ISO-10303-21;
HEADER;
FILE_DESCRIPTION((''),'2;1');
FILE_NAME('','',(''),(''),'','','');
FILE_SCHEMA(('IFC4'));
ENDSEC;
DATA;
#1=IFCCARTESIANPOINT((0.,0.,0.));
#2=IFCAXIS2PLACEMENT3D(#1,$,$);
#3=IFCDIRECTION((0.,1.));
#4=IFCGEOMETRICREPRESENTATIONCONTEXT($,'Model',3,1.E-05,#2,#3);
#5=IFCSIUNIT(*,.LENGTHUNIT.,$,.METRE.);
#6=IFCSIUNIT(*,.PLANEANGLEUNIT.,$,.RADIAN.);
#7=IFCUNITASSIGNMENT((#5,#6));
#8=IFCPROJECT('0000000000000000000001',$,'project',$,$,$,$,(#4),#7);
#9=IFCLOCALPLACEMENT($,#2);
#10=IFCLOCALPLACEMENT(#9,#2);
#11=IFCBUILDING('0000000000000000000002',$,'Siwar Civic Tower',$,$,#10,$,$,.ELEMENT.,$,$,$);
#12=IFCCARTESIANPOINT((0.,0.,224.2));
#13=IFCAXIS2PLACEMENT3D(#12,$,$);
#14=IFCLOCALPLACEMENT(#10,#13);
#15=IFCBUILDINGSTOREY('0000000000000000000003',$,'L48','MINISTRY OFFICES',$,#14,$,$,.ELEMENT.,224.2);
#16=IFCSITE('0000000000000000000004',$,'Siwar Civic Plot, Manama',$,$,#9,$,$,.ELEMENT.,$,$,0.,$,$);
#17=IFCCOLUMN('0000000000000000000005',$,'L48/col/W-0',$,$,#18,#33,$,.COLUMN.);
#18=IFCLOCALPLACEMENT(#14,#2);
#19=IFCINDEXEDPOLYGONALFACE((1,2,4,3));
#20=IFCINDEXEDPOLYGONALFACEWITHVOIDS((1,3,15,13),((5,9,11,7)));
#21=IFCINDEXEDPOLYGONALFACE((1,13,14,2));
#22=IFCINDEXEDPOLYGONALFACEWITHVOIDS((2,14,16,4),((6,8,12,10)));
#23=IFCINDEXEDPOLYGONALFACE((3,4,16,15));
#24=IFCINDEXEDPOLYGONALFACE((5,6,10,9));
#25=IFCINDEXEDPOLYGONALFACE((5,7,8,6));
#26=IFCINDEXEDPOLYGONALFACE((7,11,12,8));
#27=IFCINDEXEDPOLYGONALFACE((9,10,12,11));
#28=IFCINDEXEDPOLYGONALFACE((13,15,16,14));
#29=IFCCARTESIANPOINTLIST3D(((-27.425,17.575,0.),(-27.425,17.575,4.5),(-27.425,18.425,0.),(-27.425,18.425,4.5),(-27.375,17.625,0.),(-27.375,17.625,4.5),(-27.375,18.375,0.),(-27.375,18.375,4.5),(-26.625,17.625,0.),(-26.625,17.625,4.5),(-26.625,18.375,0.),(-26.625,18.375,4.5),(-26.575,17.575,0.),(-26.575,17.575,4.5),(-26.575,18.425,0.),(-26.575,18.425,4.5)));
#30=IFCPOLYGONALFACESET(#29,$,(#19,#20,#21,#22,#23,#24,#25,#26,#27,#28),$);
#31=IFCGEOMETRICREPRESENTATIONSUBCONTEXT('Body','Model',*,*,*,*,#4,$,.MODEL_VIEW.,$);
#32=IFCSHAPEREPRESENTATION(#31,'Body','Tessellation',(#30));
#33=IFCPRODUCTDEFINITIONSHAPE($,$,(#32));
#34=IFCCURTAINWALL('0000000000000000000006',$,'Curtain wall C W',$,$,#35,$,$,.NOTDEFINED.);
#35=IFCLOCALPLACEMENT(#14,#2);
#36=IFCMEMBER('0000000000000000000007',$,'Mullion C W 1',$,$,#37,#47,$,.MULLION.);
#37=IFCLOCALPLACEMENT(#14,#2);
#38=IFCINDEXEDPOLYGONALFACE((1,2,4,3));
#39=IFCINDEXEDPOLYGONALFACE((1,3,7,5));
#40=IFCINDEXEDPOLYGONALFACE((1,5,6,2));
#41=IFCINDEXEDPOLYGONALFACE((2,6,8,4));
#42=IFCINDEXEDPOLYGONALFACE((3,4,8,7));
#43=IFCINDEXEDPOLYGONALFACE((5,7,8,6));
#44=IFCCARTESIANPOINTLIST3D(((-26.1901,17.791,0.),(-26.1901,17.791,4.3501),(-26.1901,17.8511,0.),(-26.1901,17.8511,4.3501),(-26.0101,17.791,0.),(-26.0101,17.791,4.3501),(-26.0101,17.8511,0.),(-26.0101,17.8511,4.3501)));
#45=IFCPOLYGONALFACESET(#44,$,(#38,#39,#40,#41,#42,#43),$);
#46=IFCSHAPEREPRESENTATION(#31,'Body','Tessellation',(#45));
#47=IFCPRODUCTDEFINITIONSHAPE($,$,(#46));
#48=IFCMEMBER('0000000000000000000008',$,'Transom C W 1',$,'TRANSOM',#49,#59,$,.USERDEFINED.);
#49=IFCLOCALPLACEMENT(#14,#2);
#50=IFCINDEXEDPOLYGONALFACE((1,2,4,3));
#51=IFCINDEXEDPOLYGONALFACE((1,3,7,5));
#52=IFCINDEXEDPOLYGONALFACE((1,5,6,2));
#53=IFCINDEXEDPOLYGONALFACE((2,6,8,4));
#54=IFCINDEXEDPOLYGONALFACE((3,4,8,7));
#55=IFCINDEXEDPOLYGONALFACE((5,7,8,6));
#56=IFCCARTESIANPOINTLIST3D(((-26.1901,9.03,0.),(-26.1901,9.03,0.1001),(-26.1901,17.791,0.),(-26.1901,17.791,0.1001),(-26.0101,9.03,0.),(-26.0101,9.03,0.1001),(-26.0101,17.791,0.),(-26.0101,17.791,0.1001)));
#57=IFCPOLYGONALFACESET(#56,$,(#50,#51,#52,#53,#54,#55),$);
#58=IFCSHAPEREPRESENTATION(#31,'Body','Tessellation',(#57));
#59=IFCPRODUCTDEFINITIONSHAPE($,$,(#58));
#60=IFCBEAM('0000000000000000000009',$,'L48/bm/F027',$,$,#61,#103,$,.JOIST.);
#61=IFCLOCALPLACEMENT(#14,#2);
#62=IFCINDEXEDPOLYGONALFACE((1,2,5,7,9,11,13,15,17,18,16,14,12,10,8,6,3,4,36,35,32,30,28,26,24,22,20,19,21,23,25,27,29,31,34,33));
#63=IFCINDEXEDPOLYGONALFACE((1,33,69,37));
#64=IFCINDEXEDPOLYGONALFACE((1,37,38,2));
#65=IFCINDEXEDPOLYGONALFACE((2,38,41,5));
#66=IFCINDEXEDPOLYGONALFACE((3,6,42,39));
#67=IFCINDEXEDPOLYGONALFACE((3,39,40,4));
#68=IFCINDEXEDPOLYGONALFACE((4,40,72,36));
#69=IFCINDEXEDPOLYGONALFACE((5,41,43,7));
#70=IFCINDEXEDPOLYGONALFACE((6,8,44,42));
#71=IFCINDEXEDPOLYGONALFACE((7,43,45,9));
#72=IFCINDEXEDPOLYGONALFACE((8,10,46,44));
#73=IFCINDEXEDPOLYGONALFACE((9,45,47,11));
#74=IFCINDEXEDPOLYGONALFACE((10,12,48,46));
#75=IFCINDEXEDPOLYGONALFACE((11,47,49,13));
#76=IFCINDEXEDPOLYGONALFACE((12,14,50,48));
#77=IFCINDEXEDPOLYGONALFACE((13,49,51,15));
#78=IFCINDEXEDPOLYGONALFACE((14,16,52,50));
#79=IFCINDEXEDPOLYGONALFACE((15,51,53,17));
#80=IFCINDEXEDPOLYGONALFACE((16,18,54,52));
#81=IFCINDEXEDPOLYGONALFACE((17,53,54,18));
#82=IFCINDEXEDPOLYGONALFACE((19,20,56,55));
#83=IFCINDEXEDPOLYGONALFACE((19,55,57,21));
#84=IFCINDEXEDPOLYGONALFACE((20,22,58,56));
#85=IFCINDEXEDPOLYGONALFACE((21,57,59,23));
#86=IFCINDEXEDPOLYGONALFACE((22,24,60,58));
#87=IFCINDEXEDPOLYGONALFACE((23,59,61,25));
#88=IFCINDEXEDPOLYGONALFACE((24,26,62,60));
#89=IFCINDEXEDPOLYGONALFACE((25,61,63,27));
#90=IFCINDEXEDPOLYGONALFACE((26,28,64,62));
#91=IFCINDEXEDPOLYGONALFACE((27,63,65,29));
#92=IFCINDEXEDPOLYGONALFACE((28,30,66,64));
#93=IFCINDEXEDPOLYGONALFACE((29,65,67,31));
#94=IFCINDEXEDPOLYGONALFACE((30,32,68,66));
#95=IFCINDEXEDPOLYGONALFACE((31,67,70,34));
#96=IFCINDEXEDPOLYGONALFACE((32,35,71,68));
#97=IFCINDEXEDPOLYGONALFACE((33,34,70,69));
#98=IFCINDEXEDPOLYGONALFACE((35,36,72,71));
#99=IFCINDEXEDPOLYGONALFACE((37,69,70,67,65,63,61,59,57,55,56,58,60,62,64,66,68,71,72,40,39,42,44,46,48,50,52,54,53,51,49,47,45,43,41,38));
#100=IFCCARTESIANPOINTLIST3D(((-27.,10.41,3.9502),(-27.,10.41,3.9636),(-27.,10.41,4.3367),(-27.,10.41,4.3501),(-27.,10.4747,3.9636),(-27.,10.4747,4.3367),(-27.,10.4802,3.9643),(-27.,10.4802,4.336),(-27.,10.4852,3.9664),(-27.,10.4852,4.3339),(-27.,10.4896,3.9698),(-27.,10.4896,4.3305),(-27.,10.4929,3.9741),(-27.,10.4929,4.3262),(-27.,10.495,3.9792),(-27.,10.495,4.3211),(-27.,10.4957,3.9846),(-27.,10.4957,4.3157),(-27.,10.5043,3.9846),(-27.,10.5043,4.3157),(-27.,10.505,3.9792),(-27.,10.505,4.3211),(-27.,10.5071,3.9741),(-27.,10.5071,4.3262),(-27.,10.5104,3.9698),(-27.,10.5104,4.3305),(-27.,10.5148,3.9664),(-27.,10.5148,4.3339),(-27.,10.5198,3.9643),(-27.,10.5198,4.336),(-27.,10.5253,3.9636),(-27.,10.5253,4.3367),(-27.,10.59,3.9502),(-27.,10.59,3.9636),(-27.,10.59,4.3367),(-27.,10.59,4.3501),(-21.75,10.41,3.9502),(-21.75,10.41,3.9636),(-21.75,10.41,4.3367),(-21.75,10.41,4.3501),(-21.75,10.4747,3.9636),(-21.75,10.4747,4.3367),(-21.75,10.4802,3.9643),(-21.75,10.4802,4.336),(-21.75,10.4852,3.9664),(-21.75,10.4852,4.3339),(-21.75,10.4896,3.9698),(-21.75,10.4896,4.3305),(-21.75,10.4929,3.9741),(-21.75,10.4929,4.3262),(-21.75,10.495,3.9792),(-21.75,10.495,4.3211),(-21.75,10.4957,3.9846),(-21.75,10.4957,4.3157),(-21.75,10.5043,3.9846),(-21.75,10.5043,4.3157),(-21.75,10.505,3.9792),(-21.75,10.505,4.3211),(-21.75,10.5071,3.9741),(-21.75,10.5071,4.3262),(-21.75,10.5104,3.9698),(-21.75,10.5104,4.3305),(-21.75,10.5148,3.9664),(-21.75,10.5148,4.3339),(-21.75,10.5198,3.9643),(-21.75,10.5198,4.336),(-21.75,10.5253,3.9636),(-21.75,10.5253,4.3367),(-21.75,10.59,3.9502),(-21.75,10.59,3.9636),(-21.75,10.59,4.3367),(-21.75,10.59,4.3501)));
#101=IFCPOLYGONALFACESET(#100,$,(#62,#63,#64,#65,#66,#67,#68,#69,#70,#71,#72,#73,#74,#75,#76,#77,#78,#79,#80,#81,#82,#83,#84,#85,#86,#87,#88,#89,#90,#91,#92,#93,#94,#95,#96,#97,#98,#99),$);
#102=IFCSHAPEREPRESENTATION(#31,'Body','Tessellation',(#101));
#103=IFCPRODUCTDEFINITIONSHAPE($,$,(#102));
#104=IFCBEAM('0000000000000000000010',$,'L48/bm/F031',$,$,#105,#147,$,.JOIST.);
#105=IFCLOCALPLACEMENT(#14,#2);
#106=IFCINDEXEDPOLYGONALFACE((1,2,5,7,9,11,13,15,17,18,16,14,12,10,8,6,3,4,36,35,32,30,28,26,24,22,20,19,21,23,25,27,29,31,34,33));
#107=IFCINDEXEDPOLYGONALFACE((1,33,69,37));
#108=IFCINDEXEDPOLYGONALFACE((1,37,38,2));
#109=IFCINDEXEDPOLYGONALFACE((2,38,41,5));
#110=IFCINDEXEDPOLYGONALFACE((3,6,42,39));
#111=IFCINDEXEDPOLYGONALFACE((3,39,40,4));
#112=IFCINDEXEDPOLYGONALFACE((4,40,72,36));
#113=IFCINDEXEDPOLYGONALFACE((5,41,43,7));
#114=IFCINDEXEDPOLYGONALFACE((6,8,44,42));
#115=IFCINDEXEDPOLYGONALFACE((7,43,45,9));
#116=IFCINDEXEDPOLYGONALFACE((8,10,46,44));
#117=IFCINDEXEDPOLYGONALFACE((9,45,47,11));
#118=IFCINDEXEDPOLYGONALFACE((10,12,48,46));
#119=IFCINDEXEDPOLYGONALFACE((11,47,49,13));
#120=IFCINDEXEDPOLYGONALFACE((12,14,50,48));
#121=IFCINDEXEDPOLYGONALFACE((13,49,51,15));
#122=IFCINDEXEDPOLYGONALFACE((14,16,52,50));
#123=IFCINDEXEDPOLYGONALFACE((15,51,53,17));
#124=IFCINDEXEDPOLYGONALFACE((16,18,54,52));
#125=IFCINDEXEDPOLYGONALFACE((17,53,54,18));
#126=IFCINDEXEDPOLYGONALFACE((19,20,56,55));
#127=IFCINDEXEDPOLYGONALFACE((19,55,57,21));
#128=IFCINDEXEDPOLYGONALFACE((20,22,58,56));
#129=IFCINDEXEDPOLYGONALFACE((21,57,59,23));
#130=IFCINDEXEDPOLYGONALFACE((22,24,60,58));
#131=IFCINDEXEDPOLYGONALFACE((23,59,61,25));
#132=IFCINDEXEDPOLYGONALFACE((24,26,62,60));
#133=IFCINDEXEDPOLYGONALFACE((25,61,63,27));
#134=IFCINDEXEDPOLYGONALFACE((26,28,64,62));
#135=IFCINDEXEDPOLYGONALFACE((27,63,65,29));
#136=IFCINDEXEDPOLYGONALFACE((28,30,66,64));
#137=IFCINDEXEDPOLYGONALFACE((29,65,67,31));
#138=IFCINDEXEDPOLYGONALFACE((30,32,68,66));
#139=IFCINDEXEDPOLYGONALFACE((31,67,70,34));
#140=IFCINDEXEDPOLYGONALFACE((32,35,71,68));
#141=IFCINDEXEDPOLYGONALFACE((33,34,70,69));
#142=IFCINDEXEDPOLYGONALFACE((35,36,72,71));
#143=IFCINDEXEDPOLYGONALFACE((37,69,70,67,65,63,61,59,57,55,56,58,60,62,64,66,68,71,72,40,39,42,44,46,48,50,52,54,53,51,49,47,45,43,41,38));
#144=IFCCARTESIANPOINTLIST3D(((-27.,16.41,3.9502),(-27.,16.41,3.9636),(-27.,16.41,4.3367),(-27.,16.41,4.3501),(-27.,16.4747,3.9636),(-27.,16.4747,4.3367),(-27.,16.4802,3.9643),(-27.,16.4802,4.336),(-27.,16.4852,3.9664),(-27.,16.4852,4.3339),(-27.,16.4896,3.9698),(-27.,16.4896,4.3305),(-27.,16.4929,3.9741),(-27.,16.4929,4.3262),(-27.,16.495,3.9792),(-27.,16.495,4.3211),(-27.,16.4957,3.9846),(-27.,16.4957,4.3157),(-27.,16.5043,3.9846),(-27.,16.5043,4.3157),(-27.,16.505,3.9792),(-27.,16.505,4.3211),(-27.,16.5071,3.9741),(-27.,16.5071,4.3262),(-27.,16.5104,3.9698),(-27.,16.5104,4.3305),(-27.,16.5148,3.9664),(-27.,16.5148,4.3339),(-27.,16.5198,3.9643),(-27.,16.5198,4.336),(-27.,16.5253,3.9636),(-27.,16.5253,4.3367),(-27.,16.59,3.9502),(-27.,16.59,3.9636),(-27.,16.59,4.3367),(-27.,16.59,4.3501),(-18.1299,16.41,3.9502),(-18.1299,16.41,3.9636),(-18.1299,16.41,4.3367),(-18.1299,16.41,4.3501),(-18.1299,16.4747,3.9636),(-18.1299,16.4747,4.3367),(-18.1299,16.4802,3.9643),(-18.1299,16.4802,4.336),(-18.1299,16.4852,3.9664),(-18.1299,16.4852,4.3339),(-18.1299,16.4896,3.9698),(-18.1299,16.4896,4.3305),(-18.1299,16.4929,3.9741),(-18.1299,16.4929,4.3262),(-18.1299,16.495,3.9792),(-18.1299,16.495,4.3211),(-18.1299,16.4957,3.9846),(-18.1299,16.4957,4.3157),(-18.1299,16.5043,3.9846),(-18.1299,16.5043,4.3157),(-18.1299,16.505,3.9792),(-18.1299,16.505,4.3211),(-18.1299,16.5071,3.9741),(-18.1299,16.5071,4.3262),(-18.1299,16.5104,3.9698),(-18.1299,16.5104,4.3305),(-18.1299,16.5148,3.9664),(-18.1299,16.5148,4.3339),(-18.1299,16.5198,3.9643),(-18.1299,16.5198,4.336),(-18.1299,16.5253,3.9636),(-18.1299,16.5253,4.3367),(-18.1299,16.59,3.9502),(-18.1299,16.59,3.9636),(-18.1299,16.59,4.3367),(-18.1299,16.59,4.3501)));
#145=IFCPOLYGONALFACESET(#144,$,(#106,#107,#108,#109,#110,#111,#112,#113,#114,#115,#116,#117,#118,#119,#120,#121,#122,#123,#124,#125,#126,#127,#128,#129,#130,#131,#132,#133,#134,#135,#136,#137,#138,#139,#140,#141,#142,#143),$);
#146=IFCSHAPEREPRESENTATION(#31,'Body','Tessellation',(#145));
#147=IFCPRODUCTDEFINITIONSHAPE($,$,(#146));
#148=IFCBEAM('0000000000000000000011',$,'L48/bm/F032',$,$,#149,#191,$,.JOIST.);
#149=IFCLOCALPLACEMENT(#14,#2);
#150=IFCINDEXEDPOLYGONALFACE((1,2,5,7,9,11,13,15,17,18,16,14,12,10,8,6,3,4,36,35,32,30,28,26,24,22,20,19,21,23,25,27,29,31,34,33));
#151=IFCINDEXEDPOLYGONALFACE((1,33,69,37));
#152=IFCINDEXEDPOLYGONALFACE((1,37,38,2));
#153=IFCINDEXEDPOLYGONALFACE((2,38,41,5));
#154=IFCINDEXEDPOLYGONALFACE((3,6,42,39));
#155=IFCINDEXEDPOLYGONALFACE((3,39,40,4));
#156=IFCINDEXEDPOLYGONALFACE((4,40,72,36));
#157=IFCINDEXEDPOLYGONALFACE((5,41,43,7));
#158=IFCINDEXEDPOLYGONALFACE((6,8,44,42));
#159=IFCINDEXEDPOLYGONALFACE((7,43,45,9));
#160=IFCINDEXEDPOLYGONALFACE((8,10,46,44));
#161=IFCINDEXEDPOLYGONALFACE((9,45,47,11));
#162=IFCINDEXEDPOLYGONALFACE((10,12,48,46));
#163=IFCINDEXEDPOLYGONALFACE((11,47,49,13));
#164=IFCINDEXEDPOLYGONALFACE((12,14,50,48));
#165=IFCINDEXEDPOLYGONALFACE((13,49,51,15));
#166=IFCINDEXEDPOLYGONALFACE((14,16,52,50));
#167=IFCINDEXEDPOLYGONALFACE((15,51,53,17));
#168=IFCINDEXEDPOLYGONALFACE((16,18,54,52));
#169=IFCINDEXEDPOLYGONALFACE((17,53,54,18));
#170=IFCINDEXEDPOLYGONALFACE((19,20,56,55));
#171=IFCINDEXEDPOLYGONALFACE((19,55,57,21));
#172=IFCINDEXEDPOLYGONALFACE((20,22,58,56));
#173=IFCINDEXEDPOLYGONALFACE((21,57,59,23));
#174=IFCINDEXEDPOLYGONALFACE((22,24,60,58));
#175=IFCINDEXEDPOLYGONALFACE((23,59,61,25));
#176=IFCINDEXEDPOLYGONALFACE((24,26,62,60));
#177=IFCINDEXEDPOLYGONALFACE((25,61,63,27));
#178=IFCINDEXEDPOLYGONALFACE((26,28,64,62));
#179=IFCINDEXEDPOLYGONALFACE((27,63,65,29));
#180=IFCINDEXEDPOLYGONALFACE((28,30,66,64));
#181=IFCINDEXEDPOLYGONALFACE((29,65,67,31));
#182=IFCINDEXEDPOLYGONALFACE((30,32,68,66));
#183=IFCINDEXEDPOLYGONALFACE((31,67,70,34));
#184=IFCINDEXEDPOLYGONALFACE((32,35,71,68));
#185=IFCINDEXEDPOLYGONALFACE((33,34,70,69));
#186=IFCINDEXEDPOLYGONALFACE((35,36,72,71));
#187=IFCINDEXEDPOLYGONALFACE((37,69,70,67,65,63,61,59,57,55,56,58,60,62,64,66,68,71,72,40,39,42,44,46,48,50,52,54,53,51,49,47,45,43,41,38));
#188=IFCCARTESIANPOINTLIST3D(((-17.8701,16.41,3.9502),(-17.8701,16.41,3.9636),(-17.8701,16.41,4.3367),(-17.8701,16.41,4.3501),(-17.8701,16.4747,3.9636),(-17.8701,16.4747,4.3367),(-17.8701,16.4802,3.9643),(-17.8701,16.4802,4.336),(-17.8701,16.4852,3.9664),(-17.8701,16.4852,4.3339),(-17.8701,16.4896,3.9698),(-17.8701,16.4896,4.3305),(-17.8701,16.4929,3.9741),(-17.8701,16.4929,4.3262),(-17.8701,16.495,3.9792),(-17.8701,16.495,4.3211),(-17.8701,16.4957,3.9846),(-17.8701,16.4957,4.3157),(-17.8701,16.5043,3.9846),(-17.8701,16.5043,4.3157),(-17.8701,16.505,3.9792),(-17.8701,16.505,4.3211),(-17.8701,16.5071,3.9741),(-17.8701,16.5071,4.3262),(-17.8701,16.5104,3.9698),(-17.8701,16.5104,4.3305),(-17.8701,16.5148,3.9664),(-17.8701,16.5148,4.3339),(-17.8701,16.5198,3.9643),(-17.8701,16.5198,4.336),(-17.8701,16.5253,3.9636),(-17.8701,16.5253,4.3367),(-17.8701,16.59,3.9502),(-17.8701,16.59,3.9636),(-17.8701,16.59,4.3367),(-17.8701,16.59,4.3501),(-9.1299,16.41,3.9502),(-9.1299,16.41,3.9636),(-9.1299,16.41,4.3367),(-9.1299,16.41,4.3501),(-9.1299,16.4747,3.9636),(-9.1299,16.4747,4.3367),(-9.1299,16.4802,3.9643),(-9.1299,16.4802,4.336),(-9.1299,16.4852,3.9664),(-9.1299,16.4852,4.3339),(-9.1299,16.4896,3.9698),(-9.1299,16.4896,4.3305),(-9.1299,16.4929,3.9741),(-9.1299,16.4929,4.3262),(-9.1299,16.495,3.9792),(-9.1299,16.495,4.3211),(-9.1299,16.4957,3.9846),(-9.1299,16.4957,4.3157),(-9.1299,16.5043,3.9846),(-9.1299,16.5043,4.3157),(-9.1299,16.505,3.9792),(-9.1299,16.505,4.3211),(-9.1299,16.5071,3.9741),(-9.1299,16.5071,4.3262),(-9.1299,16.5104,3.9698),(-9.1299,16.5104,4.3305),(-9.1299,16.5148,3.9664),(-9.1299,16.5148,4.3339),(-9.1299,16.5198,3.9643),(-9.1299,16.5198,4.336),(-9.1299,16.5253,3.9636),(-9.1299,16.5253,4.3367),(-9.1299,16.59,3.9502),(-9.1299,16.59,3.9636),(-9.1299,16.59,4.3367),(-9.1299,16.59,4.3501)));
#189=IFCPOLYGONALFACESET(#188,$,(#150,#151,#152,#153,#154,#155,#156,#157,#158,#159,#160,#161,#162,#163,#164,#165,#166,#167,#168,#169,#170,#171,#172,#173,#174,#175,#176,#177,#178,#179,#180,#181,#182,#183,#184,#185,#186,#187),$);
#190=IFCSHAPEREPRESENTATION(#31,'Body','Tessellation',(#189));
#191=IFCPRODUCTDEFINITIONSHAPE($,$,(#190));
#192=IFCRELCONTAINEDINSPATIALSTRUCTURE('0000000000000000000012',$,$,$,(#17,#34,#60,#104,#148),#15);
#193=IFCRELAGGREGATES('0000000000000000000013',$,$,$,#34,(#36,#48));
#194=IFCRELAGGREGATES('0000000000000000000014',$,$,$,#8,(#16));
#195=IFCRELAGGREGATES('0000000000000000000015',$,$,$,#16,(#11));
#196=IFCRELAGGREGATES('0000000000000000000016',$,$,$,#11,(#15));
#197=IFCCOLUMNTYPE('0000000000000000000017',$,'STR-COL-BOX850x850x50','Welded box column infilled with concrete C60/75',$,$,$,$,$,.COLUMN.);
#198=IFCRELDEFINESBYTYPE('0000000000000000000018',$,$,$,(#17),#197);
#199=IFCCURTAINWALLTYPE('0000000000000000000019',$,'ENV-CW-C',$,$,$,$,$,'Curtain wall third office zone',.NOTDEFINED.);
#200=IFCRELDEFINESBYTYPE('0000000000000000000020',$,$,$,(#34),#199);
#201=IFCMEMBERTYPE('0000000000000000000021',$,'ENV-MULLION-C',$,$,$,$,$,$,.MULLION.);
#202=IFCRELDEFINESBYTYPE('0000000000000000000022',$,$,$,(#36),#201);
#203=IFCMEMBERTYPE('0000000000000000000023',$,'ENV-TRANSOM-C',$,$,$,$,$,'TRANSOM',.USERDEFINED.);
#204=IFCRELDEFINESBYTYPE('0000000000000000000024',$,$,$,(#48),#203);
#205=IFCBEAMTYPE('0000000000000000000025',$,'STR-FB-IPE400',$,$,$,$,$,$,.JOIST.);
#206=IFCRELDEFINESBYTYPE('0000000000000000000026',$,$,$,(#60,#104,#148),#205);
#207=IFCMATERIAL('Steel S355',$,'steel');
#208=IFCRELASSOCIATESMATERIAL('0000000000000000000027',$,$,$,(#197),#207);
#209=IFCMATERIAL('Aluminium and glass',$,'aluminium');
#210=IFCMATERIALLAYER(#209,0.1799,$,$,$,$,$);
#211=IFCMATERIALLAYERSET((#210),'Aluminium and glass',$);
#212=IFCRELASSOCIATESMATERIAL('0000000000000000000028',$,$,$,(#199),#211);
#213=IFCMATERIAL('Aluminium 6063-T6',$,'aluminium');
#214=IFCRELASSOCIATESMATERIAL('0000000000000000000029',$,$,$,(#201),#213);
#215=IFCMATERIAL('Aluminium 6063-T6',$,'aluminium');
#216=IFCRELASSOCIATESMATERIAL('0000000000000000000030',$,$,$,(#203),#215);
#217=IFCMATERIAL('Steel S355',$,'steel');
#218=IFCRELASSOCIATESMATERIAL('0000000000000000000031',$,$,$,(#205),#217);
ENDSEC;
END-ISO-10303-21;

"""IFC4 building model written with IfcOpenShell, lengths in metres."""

from ifc_helpers import new_model, si_unit, direction, frame, origin, origin_2d, place, context, subcontext, project, spatial, rectangle, hollow_rectangle, i_section, extrude, material, layer, layer_set, material_profile, profile_set, type_object, element, aggregate, save


model = new_model("IFC4")

# Units and contexts
model_context = context("Model", 3, precision=1e-05, world=origin(), true_north=direction((0.0, 1.0)))
body_context = subcontext(model_context, "Body", "Model", "MODEL_VIEW")
ifc_project = project(units=[si_unit("LENGTHUNIT", "METRE"), si_unit("PLANEANGLEUNIT", "RADIAN")], contexts=[model_context])

# Site, building, storey
site_placement = place(None, origin())
site = spatial("IfcSite", under=ifc_project, at=site_placement, Name="Siwar Civic Plot, Manama", CompositionType="ELEMENT", RefElevation=0.0)
building_placement = place(site_placement, origin())
building = spatial("IfcBuilding", under=site, at=building_placement, Name="Siwar Civic Tower", CompositionType="ELEMENT")
storey_placement = place(building_placement, frame((0.0, 0.0, 224.2)))
storey = spatial("IfcBuildingStorey", under=building, at=storey_placement, Name="L48", Description="MINISTRY OFFICES", CompositionType="ELEMENT", Elevation=224.2)

# Column
ifc_material_1 = material(Name="Steel S355", Category="steel")
ifc_material_profile_1 = material_profile(ifc_material_1, hollow_rectangle(XDim=0.8501, YDim=0.8501, WallThickness=0.05, at=origin_2d()), Name="BOX850x850x50")
ifc_profile_set_1 = profile_set([ifc_material_profile_1], Name="Steel S355")
column_type = type_object("IfcColumnType", Name="STR-COL-BOX850x850x50", Description="Welded box column infilled with concrete C60/75", PredefinedType="COLUMN", material=ifc_profile_set_1)
column_placement = place(storey_placement, frame((-27.0, 18.0, 0.0), z_axis=(0.0, 0.0, 1.0), x_axis=(1.0, 0.0, 0.0)))
element("IfcColumn", 1, at=column_placement, inside=storey, type_object=column_type, Name="L48/col/W-0", PredefinedType="COLUMN", context=body_context, shape_type="SweptSolid", body=[
    extrude(hollow_rectangle(XDim=0.8501, YDim=0.8501, WallThickness=0.05, at=origin_2d()), origin(), (0.0, 0.0, 1.0), 4.5),
])

# Curtain wall, members
ifc_material_2 = material(Name="Aluminium and glass", Category="aluminium")
ifc_layer_1 = layer(ifc_material_2, 0.1799)
ifc_layer_set_1 = layer_set([ifc_layer_1], Name="Aluminium and glass")
curtain_wall_type = type_object("IfcCurtainWallType", Name="ENV-CW-C", ElementType="Curtain wall third office zone", PredefinedType="NOTDEFINED", material=ifc_layer_set_1)
curtain_wall_placement = place(storey_placement, origin())
curtain_wall = element("IfcCurtainWall", 2, at=curtain_wall_placement, inside=storey, type_object=curtain_wall_type, Name="Curtain wall C W", PredefinedType="NOTDEFINED")
ifc_material_3 = material(Name="Aluminium 6063-T6", Category="aluminium")
ifc_material_profile_2 = material_profile(ifc_material_3, rectangle(XDim=0.1799, YDim=0.0601, at=origin_2d()), Name="AL 180x60")
ifc_profile_set_2 = profile_set([ifc_material_profile_2], Name="Aluminium 6063-T6")
member_type_1 = type_object("IfcMemberType", Name="ENV-MULLION-C", PredefinedType="MULLION", material=ifc_profile_set_2)
member_1_placement = place(storey_placement, frame((-26.1001, 17.821, 0.0), z_axis=(0.0, 0.0, 1.0), x_axis=(1.0, 0.0, 0.0)))
member_1 = element("IfcMember", 3, at=member_1_placement, type_object=member_type_1, Name="Mullion C W 1", PredefinedType="MULLION", context=body_context, shape_type="SweptSolid", body=[
    extrude(rectangle(XDim=0.1799, YDim=0.0601, at=origin_2d()), origin(), (0.0, 0.0, 1.0), 4.3501),
])
ifc_material_4 = material(Name="Aluminium 6063-T6", Category="aluminium")
ifc_material_profile_3 = material_profile(ifc_material_4, rectangle(XDim=0.1799, YDim=0.1001, at=origin_2d()), Name="AL 180x100")
ifc_profile_set_3 = profile_set([ifc_material_profile_3], Name="Aluminium 6063-T6")
member_type_2 = type_object("IfcMemberType", Name="ENV-TRANSOM-C", ElementType="TRANSOM", PredefinedType="USERDEFINED", material=ifc_profile_set_3)
member_2_placement = place(storey_placement, frame((-26.1001, 17.791, 0.05), z_axis=(0.0, -1.0, 0.0), x_axis=(1.0, 0.0, 0.0)))
member_2 = element("IfcMember", 4, at=member_2_placement, type_object=member_type_2, Name="Transom C W 1", ObjectType="TRANSOM", PredefinedType="USERDEFINED", context=body_context, shape_type="SweptSolid", body=[
    extrude(rectangle(XDim=0.1799, YDim=0.1001, at=origin_2d()), origin(), (0.0, 0.0, 1.0), 8.761),
])

# Beams
ifc_material_5 = material(Name="Steel S355", Category="steel")
ifc_material_profile_4 = material_profile(ifc_material_5, i_section(OverallWidth=0.1799, OverallDepth=0.3999, WebThickness=0.0085, FlangeThickness=0.0134, FilletRadius=0.021, at=origin_2d()), Name="IPE400")
ifc_profile_set_4 = profile_set([ifc_material_profile_4], Name="Steel S355")
beam_type_1 = type_object("IfcBeamType", Name="STR-FB-IPE400", PredefinedType="JOIST", material=ifc_profile_set_4)
beam_1_placement = place(storey_placement, frame((-27.0, 10.5, 4.1501), z_axis=(1.0, 0.0, 0.0), x_axis=(0.0, 1.0, 0.0)))
element("IfcBeam", 5, at=beam_1_placement, inside=storey, type_object=beam_type_1, Name="L48/bm/F027", PredefinedType="JOIST", context=body_context, shape_type="SweptSolid", body=[
    extrude(i_section(OverallWidth=0.1799, OverallDepth=0.3999, WebThickness=0.0085, FlangeThickness=0.0134, FilletRadius=0.021, at=origin_2d()), origin(), (0.0, 0.0, 1.0), 5.25),
])
beam_2_placement = place(storey_placement, frame((-27.0, 16.5, 4.1501), z_axis=(1.0, 0.0, 0.0), x_axis=(0.0, 1.0, 0.0)))
element("IfcBeam", 6, at=beam_2_placement, inside=storey, type_object=beam_type_1, Name="L48/bm/F031", PredefinedType="JOIST", context=body_context, shape_type="SweptSolid", body=[
    extrude(i_section(OverallWidth=0.1799, OverallDepth=0.3999, WebThickness=0.0085, FlangeThickness=0.0134, FilletRadius=0.021, at=origin_2d()), origin(), (0.0, 0.0, 1.0), 8.8701),
])
beam_3_placement = place(storey_placement, frame((-17.8701, 16.5, 4.1501), z_axis=(1.0, 0.0, 0.0), x_axis=(0.0, 1.0, 0.0)))
element("IfcBeam", 7, at=beam_3_placement, inside=storey, type_object=beam_type_1, Name="L48/bm/F032", PredefinedType="JOIST", context=body_context, shape_type="SweptSolid", body=[
    extrude(i_section(OverallWidth=0.1799, OverallDepth=0.3999, WebThickness=0.0085, FlangeThickness=0.0134, FilletRadius=0.021, at=origin_2d()), origin(), (0.0, 0.0, 1.0), 8.7402),
])

aggregate(curtain_wall, [member_1, member_2])

save(model, "model.ifc")
